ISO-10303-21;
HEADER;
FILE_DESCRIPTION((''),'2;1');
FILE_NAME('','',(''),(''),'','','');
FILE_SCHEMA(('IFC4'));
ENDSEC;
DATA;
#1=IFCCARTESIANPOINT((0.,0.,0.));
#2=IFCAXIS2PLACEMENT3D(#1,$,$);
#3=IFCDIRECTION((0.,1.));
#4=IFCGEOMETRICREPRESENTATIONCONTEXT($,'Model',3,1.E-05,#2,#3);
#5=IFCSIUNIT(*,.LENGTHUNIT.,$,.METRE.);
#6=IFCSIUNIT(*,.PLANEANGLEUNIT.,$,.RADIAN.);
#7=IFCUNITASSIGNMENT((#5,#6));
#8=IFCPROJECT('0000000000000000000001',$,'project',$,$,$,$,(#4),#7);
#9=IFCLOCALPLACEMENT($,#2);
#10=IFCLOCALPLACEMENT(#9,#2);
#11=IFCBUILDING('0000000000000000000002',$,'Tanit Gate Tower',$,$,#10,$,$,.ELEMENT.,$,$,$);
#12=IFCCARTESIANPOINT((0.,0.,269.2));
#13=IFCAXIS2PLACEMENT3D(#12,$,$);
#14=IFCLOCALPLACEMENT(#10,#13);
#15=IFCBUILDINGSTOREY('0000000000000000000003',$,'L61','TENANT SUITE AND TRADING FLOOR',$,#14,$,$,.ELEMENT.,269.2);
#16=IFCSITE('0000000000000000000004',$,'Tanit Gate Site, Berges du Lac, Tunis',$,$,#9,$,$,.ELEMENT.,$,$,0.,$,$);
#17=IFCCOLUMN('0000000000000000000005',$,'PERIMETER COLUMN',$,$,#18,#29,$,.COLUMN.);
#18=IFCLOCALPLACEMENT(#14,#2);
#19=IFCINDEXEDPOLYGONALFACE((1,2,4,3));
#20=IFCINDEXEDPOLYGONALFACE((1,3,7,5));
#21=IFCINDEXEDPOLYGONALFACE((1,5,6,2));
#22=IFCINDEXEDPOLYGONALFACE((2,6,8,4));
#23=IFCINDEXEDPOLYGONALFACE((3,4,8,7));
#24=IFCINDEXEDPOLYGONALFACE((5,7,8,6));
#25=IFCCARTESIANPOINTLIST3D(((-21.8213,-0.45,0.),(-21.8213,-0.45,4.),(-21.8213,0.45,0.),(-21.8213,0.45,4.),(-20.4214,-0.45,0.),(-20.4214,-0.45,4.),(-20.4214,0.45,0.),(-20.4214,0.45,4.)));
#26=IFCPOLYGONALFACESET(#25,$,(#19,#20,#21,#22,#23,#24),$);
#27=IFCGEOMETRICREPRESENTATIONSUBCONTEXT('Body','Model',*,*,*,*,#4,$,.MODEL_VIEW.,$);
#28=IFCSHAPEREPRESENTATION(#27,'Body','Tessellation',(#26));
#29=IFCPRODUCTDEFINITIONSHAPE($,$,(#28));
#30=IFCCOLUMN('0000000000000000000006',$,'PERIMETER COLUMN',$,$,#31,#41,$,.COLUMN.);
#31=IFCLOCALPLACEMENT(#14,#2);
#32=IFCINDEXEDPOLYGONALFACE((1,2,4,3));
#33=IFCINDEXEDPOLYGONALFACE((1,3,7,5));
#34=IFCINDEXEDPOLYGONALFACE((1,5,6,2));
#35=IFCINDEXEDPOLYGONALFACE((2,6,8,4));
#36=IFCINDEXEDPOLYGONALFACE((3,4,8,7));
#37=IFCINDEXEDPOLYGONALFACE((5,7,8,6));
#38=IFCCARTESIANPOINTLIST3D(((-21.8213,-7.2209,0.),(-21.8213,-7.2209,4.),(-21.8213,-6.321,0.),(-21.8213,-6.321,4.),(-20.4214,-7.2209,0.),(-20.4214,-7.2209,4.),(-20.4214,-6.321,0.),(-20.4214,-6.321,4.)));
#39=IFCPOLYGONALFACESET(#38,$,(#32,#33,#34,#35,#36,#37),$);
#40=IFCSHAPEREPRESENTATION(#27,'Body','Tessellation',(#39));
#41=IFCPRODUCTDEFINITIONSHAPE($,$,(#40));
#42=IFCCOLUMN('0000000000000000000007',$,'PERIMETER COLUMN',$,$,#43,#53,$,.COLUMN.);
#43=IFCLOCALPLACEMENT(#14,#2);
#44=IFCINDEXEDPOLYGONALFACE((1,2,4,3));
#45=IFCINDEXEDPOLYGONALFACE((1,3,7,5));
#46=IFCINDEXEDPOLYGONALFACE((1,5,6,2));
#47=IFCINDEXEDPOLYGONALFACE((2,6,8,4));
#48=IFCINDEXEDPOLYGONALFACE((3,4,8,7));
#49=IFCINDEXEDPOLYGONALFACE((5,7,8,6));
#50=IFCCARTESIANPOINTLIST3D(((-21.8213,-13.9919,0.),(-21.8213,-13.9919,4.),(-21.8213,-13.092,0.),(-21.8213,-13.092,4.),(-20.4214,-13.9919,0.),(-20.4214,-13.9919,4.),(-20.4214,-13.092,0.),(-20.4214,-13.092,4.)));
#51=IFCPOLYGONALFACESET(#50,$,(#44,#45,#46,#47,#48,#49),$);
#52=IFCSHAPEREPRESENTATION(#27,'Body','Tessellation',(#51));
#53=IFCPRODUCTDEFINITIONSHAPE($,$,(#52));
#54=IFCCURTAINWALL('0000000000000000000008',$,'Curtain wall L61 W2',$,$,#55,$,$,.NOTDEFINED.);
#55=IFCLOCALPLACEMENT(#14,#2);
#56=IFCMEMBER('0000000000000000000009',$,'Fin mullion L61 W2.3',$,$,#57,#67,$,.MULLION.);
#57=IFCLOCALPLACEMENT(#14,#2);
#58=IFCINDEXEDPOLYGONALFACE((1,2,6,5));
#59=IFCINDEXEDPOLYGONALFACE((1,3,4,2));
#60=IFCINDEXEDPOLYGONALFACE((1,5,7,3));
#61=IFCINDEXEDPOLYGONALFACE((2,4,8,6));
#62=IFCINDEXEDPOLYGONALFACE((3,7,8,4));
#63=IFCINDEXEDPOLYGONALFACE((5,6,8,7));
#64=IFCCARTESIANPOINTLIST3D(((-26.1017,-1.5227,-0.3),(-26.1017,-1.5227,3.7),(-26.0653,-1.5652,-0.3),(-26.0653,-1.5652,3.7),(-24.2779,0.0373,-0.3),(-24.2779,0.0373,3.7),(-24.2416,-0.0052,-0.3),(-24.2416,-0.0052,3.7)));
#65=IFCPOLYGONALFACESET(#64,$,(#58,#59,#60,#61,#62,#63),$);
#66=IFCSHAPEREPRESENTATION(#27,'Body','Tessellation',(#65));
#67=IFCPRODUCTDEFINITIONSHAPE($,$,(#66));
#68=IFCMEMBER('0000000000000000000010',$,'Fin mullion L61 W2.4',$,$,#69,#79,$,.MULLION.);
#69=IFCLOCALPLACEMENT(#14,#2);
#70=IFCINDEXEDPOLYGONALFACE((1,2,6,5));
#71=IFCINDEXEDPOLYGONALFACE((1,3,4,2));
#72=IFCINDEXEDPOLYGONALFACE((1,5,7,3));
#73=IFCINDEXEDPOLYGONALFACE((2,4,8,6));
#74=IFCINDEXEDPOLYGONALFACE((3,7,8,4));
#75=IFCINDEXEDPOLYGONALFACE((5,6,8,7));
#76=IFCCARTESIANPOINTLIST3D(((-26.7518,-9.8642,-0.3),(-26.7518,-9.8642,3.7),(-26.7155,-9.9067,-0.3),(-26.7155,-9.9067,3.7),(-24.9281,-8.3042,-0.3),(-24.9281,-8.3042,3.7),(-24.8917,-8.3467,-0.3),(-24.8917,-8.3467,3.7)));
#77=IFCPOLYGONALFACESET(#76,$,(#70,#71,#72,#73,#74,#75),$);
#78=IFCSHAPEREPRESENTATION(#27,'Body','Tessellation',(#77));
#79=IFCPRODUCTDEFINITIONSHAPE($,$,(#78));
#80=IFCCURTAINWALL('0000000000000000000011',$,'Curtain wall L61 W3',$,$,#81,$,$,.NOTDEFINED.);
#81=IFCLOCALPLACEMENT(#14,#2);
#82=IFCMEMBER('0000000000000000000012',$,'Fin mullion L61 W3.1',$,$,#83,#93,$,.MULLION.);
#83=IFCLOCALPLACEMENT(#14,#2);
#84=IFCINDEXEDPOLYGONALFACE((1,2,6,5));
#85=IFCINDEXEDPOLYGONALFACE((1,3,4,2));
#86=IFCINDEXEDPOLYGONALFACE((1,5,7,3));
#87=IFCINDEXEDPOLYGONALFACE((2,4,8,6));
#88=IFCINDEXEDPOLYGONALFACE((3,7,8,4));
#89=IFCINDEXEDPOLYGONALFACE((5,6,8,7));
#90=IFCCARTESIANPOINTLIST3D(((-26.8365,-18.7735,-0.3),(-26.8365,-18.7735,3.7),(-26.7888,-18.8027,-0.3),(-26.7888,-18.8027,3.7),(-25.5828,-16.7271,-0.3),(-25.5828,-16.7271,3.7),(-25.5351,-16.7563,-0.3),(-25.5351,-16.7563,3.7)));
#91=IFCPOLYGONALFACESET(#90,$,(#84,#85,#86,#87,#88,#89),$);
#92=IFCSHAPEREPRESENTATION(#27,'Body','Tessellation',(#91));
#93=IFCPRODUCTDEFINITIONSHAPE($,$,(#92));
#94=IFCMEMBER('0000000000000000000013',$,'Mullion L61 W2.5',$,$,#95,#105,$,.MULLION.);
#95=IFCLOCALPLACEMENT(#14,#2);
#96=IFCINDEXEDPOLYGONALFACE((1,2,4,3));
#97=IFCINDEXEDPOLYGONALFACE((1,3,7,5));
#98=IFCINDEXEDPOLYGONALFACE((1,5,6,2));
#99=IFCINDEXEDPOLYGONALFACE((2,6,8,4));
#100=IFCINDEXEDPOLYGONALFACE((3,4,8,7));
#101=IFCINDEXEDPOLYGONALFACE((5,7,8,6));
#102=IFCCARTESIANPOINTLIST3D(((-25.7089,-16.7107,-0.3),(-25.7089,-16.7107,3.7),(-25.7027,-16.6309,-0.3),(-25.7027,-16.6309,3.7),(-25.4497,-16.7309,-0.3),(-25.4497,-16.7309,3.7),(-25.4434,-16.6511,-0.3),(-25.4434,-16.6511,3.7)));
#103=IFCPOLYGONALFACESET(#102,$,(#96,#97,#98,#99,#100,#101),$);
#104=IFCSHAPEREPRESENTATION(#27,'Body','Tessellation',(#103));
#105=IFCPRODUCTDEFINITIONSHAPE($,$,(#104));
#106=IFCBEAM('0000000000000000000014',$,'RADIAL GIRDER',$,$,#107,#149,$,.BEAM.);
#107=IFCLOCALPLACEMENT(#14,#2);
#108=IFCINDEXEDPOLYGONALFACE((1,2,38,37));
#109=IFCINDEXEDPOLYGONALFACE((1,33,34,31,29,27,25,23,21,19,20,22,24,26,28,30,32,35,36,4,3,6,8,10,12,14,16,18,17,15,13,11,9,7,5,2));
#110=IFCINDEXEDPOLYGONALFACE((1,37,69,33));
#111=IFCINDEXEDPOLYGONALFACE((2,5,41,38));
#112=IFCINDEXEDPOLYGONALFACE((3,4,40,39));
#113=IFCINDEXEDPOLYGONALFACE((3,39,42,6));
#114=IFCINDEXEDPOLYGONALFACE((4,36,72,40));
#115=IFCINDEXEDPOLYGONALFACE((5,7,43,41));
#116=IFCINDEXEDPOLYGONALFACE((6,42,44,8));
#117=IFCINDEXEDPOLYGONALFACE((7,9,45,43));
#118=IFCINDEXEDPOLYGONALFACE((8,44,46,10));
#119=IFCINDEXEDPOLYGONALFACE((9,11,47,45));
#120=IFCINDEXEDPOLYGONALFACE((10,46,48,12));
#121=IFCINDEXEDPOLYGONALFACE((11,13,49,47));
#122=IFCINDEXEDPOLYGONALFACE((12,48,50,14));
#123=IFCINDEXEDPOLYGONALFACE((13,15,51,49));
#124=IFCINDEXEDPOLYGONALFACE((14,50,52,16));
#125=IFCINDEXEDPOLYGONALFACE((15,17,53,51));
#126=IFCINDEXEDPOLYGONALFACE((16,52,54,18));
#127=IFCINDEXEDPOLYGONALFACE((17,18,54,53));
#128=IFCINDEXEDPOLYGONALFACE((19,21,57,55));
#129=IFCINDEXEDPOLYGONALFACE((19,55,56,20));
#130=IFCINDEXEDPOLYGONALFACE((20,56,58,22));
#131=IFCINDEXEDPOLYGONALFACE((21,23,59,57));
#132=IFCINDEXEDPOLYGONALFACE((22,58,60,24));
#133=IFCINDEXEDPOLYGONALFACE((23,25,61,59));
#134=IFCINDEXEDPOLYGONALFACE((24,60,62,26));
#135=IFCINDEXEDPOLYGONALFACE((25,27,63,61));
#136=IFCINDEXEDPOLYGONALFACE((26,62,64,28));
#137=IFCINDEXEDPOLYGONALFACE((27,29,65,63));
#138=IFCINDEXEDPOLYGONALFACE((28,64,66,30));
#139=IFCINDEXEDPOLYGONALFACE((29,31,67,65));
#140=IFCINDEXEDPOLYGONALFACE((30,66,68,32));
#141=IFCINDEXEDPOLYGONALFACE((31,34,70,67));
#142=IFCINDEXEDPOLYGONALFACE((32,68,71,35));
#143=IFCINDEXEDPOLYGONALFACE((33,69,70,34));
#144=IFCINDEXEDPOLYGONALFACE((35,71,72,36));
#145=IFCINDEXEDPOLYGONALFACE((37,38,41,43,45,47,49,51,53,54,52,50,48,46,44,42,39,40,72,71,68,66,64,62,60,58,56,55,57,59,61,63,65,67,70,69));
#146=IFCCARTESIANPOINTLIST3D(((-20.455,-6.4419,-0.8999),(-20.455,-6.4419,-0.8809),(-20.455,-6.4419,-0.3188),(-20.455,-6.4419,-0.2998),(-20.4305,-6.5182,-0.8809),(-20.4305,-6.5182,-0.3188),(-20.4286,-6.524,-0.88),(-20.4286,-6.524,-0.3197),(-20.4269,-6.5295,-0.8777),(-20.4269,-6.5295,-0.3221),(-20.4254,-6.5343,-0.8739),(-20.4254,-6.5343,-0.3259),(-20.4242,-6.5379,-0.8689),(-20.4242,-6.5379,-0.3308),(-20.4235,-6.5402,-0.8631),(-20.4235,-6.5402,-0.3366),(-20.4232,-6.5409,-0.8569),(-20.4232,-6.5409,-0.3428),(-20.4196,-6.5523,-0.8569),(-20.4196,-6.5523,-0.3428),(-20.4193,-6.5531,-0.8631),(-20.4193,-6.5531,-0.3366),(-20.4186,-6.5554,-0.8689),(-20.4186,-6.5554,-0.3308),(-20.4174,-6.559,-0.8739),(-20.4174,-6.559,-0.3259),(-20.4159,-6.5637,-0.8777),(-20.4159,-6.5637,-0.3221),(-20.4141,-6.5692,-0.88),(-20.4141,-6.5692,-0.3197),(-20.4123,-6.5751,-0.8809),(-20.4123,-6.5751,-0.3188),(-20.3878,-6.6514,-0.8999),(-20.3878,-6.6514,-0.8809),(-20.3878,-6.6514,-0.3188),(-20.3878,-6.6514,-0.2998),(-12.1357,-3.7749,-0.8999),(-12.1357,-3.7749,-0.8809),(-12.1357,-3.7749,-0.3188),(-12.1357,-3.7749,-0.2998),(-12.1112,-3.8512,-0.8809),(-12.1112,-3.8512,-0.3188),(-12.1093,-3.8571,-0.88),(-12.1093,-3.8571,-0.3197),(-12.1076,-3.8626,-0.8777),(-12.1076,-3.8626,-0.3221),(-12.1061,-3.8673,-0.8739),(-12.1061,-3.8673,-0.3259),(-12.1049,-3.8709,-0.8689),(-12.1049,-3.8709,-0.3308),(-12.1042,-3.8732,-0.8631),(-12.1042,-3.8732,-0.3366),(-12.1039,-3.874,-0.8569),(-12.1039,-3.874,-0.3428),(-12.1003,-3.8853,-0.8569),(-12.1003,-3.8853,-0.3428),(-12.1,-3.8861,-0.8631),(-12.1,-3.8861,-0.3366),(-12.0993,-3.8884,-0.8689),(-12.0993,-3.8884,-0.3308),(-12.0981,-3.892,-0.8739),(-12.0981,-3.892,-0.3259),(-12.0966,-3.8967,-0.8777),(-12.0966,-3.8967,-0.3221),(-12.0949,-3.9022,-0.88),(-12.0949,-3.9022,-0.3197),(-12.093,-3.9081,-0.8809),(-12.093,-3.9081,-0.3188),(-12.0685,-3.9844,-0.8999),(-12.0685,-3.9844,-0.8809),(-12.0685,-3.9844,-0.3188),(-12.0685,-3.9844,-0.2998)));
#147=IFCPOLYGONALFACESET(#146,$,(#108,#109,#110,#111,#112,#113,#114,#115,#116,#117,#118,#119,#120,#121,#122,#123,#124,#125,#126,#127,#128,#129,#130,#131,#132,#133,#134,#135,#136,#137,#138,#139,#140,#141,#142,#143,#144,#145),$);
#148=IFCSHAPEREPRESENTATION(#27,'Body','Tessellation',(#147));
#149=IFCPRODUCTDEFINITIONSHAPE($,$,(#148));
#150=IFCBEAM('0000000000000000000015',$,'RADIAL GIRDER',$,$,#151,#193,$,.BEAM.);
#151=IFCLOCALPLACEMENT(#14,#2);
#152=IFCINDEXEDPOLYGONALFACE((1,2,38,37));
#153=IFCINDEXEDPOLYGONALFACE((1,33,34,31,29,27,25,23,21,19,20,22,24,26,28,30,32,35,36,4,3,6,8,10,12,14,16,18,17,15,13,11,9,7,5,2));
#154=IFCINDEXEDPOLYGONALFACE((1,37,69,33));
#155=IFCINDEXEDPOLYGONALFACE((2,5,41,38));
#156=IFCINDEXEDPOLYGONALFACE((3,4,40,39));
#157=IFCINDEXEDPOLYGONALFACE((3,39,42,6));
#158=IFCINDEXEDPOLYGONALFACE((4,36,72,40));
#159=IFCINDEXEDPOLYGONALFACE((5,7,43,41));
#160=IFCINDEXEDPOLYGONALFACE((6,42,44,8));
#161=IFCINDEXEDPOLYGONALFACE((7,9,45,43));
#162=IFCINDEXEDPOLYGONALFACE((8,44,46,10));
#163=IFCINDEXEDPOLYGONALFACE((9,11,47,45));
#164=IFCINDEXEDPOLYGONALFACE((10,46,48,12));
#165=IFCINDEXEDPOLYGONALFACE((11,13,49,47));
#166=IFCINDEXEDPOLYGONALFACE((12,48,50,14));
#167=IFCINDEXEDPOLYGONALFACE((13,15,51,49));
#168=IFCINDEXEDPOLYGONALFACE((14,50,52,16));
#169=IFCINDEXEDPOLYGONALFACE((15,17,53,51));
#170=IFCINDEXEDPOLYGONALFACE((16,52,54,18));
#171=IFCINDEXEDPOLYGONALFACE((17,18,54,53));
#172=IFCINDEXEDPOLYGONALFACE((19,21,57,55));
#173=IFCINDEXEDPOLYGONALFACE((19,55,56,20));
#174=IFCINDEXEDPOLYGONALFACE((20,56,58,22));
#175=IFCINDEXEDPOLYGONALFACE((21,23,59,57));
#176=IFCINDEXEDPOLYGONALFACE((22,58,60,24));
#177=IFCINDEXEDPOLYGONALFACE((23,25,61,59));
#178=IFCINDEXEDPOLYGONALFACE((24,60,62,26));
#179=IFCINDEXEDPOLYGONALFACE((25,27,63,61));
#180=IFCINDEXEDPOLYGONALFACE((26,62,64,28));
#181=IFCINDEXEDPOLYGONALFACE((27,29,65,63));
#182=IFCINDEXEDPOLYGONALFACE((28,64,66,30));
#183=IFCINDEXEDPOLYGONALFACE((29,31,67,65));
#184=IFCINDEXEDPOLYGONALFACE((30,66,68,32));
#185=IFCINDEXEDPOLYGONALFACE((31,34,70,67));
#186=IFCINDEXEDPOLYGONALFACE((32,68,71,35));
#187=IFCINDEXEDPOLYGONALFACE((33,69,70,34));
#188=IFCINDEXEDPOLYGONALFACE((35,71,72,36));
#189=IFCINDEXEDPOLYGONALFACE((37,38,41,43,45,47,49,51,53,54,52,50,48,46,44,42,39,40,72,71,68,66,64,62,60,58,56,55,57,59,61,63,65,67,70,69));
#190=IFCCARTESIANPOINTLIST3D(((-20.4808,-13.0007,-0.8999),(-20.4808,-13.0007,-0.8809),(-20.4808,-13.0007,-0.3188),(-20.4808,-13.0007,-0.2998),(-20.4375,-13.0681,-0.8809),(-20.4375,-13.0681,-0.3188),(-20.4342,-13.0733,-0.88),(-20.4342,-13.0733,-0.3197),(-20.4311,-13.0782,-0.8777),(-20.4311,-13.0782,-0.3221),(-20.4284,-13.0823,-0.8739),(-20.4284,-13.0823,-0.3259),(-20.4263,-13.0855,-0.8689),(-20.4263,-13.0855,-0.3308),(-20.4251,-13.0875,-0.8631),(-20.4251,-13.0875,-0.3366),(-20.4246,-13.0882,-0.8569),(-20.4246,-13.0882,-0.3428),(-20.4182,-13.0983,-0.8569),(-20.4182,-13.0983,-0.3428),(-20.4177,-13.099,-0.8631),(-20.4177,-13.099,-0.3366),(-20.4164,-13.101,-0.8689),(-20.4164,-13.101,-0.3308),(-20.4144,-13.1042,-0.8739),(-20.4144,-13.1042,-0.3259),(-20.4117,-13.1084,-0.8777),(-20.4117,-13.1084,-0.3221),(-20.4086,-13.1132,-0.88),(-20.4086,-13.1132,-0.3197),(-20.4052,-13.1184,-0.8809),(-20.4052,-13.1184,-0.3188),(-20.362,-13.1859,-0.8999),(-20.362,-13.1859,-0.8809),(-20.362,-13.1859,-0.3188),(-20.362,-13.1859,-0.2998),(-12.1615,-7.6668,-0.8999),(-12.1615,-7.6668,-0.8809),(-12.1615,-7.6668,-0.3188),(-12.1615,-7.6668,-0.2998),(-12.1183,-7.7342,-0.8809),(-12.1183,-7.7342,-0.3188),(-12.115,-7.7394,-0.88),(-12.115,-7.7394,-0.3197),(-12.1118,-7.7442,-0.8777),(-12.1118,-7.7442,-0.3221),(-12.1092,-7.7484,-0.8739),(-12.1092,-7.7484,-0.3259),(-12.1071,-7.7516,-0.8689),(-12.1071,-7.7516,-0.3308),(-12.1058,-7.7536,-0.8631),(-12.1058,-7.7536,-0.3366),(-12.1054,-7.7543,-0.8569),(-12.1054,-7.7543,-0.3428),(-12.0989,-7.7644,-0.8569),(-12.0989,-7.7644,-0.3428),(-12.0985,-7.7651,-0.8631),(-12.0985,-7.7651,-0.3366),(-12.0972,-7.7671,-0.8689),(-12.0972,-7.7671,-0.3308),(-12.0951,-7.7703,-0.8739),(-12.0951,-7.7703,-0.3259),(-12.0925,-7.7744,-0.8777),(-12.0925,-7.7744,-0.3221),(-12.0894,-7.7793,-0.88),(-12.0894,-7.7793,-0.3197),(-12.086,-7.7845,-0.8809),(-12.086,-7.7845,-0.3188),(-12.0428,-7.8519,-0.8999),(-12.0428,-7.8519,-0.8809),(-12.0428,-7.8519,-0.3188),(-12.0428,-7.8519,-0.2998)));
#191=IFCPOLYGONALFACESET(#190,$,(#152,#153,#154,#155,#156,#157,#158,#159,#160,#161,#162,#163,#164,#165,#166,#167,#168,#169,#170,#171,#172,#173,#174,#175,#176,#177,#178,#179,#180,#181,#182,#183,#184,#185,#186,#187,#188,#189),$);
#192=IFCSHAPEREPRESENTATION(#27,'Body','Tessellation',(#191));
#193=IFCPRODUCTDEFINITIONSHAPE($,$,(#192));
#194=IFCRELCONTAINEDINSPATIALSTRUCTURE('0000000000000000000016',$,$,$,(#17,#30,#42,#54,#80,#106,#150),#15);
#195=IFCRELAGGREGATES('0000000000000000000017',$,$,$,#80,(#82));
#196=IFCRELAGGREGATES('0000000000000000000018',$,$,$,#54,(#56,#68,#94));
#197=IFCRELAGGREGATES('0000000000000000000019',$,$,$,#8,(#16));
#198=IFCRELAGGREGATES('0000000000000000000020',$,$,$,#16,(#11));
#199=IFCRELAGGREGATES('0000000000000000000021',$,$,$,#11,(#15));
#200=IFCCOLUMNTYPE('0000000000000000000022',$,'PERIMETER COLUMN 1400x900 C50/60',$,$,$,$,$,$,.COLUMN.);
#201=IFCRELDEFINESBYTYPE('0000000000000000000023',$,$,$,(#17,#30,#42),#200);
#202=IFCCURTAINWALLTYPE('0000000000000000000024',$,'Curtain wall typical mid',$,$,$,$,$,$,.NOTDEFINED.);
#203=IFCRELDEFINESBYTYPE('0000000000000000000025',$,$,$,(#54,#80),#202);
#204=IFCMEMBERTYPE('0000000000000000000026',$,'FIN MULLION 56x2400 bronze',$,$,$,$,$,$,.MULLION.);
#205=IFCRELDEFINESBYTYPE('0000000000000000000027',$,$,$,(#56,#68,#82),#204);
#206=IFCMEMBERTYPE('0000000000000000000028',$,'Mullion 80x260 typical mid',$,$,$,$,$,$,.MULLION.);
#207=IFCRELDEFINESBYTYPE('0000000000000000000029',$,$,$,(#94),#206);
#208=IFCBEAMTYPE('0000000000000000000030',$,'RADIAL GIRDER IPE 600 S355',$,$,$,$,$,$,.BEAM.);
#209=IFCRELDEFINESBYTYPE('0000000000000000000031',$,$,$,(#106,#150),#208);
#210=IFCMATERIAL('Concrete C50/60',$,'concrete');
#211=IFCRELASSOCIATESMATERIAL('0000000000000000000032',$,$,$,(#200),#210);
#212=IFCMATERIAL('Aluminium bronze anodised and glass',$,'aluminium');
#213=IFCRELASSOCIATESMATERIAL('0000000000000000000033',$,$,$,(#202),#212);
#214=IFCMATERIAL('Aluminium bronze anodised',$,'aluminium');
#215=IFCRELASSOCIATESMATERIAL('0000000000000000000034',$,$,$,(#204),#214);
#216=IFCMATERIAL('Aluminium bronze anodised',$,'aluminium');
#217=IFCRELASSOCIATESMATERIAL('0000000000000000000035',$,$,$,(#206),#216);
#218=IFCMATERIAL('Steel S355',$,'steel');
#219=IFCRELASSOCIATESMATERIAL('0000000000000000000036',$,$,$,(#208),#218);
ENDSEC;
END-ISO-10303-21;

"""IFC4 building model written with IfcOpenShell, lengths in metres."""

from ifc_helpers import new_model, si_unit, direction, frame, origin, origin_2d, place, context, subcontext, project, spatial, rectangle, i_section, extrude, material, material_profile, profile_set, type_object, element, aggregate, save


model = new_model("IFC4")

# Units and contexts
model_context = context("Model", 3, precision=1e-05, world=origin(), true_north=direction((0.0, 1.0)))
body_context = subcontext(model_context, "Body", "Model", "MODEL_VIEW")
ifc_project = project(units=[si_unit("LENGTHUNIT", "METRE"), si_unit("PLANEANGLEUNIT", "RADIAN")], contexts=[model_context])

# Site, building, storey
site_placement = place(None, origin())
site = spatial("IfcSite", under=ifc_project, at=site_placement, Name="Tanit Gate Site, Berges du Lac, Tunis", CompositionType="ELEMENT", RefElevation=0.0)
building_placement = place(site_placement, origin())
building = spatial("IfcBuilding", under=site, at=building_placement, Name="Tanit Gate Tower", CompositionType="ELEMENT")
storey_placement = place(building_placement, frame((0.0, 0.0, 269.2)))
storey = spatial("IfcBuildingStorey", under=building, at=storey_placement, Name="L61", Description="TENANT SUITE AND TRADING FLOOR", CompositionType="ELEMENT", Elevation=269.2)

# Columns
ifc_material_1 = material(Name="Concrete C50/60", Category="concrete")
ifc_material_profile_1 = material_profile(ifc_material_1, rectangle(XDim=1.3999, YDim=0.8999, at=origin_2d()), Name="RC 1400x900")
ifc_profile_set_1 = profile_set([ifc_material_profile_1], Name="Concrete C50/60")
column_type = type_object("IfcColumnType", Name="PERIMETER COLUMN 1400x900 C50/60", PredefinedType="COLUMN", material=ifc_profile_set_1)
for number, where, z_axis, x_axis, name in (
    (1, (-21.1213, 0.0, 0.0), (0.0, 0.0, 1.0), (-1.0, 0.0, 0.0), "PERIMETER COLUMN"),
    (2, (-21.1213, -6.771, 0.0), (0.0, 0.0, 1.0), (-1.0, 0.0, 0.0), "PERIMETER COLUMN"),
    (3, (-21.1213, -13.542, 0.0), (0.0, 0.0, 1.0), (-1.0, 0.0, 0.0), "PERIMETER COLUMN"),
):
    element("IfcColumn", number, at=place(storey_placement, frame(where, z_axis=z_axis, x_axis=x_axis)), inside=storey, type_object=column_type, Name=name, PredefinedType="COLUMN", context=body_context, shape_type="SweptSolid", body=[
        extrude(rectangle(XDim=1.3999, YDim=0.8999, at=origin_2d()), origin(), (0.0, 0.0, 1.0), 4.0),
    ])

# Curtain wall, members
ifc_material_2 = material(Name="Aluminium bronze anodised and glass", Category="aluminium")
curtain_wall_type = type_object("IfcCurtainWallType", Name="Curtain wall typical mid", PredefinedType="NOTDEFINED", material=ifc_material_2)
curtain_wall_1_placement = place(storey_placement, origin())
curtain_wall_1 = element("IfcCurtainWall", 4, at=curtain_wall_1_placement, inside=storey, type_object=curtain_wall_type, Name="Curtain wall L61 W2", PredefinedType="NOTDEFINED")
ifc_material_3 = material(Name="Aluminium bronze anodised", Category="aluminium")
ifc_material_profile_2 = material_profile(ifc_material_3, rectangle(XDim=2.3999, YDim=0.0559, at=origin_2d()), Name="56x2400 bronze fin mullion")
ifc_profile_set_2 = profile_set([ifc_material_profile_2], Name="Aluminium bronze anodised")
member_type_1 = type_object("IfcMemberType", Name="FIN MULLION 56x2400 bronze", PredefinedType="MULLION", material=ifc_profile_set_2)
member_1_placement = place(storey_placement, frame((-25.1716, -0.7639, -0.3), z_axis=(0.0, 0.0, 1.0), x_axis=(0.759912, 0.650026, 0.0)))
member_1 = element("IfcMember", 5, at=member_1_placement, type_object=member_type_1, Name="Fin mullion L61 W2.3", PredefinedType="MULLION", context=body_context, shape_type="SweptSolid", body=[
    extrude(rectangle(XDim=2.3999, YDim=0.0559, at=origin_2d()), origin(), (0.0, 0.0, 1.0), 4.0),
])
member_2_placement = place(storey_placement, frame((-25.8218, -9.1055, -0.3), z_axis=(0.0, 0.0, 1.0), x_axis=(0.759912, 0.650026, 0.0)))
member_2 = element("IfcMember", 6, at=member_2_placement, type_object=member_type_1, Name="Fin mullion L61 W2.4", PredefinedType="MULLION", context=body_context, shape_type="SweptSolid", body=[
    extrude(rectangle(XDim=2.3999, YDim=0.0559, at=origin_2d()), origin(), (0.0, 0.0, 1.0), 4.0),
])

# Curtain wall, member
curtain_wall_2_placement = place(storey_placement, origin())
curtain_wall_2 = element("IfcCurtainWall", 7, at=curtain_wall_2_placement, inside=storey, type_object=curtain_wall_type, Name="Curtain wall L61 W3", PredefinedType="NOTDEFINED")
member_3_placement = place(storey_placement, frame((-26.1858, -17.7649, -0.3), z_axis=(0.0, 0.0, 1.0), x_axis=(0.522414, 0.852692, 0.0)))
member_3 = element("IfcMember", 8, at=member_3_placement, type_object=member_type_1, Name="Fin mullion L61 W3.1", PredefinedType="MULLION", context=body_context, shape_type="SweptSolid", body=[
    extrude(rectangle(XDim=2.3999, YDim=0.0559, at=origin_2d()), origin(), (0.0, 0.0, 1.0), 4.0),
])

# Member
ifc_material_4 = material(Name="Aluminium bronze anodised", Category="aluminium")
ifc_material_profile_3 = material_profile(ifc_material_4, rectangle(XDim=0.26, YDim=0.0801, at=origin_2d()), Name="80x260 bronze mullion")
ifc_profile_set_3 = profile_set([ifc_material_profile_3], Name="Aluminium bronze anodised")
member_type_2 = type_object("IfcMemberType", Name="Mullion 80x260 typical mid", PredefinedType="MULLION", material=ifc_profile_set_3)
member_4_placement = place(storey_placement, frame((-25.5762, -16.6809, -0.3), z_axis=(0.0, 0.0, 1.0), x_axis=(0.996977, -0.077701, 0.0)))
member_4 = element("IfcMember", 9, at=member_4_placement, type_object=member_type_2, Name="Mullion L61 W2.5", PredefinedType="MULLION", context=body_context, shape_type="SweptSolid", body=[
    extrude(rectangle(XDim=0.26, YDim=0.0801, at=origin_2d()), origin(), (0.0, 0.0, 1.0), 4.0),
])

# Beams
ifc_material_5 = material(Name="Steel S355", Category="steel")
ifc_material_profile_4 = material_profile(ifc_material_5, i_section(OverallWidth=0.22, OverallDepth=0.6001, WebThickness=0.012, FlangeThickness=0.019, FilletRadius=0.0239, at=origin_2d()), Name="IPE 600")
ifc_profile_set_4 = profile_set([ifc_material_profile_4], Name="Steel S355")
beam_type = type_object("IfcBeamType", Name="RADIAL GIRDER IPE 600 S355", PredefinedType="BEAM", material=ifc_profile_set_4)
beam_1_placement = place(storey_placement, frame((-20.4214, -6.5466, -0.5999), z_axis=(0.952264, 0.305275, 0.0), x_axis=(-0.305275, 0.952264, 0.0)))
element("IfcBeam", 10, at=beam_1_placement, inside=storey, type_object=beam_type, Name="RADIAL GIRDER", PredefinedType="BEAM", context=body_context, shape_type="SweptSolid", body=[
    extrude(i_section(OverallWidth=0.22, OverallDepth=0.6001, WebThickness=0.012, FlangeThickness=0.019, FilletRadius=0.0239, at=origin_2d()), origin(), (0.0, 0.0, 1.0), 8.7363),
])
beam_2_placement = place(storey_placement, frame((-20.4214, -13.0933, -0.5999), z_axis=(0.84183, 0.539743, 0.0), x_axis=(-0.539743, 0.84183, 0.0)))
element("IfcBeam", 11, at=beam_2_placement, inside=storey, type_object=beam_type, Name="RADIAL GIRDER", PredefinedType="BEAM", context=body_context, shape_type="SweptSolid", body=[
    extrude(i_section(OverallWidth=0.22, OverallDepth=0.6001, WebThickness=0.012, FlangeThickness=0.019, FilletRadius=0.0239, at=origin_2d()), origin(), (0.0, 0.0, 1.0), 9.8823),
])

aggregate(curtain_wall_2, [member_3])

aggregate(curtain_wall_1, [member_1, member_2, member_4])

save(model, "model.ifc")
